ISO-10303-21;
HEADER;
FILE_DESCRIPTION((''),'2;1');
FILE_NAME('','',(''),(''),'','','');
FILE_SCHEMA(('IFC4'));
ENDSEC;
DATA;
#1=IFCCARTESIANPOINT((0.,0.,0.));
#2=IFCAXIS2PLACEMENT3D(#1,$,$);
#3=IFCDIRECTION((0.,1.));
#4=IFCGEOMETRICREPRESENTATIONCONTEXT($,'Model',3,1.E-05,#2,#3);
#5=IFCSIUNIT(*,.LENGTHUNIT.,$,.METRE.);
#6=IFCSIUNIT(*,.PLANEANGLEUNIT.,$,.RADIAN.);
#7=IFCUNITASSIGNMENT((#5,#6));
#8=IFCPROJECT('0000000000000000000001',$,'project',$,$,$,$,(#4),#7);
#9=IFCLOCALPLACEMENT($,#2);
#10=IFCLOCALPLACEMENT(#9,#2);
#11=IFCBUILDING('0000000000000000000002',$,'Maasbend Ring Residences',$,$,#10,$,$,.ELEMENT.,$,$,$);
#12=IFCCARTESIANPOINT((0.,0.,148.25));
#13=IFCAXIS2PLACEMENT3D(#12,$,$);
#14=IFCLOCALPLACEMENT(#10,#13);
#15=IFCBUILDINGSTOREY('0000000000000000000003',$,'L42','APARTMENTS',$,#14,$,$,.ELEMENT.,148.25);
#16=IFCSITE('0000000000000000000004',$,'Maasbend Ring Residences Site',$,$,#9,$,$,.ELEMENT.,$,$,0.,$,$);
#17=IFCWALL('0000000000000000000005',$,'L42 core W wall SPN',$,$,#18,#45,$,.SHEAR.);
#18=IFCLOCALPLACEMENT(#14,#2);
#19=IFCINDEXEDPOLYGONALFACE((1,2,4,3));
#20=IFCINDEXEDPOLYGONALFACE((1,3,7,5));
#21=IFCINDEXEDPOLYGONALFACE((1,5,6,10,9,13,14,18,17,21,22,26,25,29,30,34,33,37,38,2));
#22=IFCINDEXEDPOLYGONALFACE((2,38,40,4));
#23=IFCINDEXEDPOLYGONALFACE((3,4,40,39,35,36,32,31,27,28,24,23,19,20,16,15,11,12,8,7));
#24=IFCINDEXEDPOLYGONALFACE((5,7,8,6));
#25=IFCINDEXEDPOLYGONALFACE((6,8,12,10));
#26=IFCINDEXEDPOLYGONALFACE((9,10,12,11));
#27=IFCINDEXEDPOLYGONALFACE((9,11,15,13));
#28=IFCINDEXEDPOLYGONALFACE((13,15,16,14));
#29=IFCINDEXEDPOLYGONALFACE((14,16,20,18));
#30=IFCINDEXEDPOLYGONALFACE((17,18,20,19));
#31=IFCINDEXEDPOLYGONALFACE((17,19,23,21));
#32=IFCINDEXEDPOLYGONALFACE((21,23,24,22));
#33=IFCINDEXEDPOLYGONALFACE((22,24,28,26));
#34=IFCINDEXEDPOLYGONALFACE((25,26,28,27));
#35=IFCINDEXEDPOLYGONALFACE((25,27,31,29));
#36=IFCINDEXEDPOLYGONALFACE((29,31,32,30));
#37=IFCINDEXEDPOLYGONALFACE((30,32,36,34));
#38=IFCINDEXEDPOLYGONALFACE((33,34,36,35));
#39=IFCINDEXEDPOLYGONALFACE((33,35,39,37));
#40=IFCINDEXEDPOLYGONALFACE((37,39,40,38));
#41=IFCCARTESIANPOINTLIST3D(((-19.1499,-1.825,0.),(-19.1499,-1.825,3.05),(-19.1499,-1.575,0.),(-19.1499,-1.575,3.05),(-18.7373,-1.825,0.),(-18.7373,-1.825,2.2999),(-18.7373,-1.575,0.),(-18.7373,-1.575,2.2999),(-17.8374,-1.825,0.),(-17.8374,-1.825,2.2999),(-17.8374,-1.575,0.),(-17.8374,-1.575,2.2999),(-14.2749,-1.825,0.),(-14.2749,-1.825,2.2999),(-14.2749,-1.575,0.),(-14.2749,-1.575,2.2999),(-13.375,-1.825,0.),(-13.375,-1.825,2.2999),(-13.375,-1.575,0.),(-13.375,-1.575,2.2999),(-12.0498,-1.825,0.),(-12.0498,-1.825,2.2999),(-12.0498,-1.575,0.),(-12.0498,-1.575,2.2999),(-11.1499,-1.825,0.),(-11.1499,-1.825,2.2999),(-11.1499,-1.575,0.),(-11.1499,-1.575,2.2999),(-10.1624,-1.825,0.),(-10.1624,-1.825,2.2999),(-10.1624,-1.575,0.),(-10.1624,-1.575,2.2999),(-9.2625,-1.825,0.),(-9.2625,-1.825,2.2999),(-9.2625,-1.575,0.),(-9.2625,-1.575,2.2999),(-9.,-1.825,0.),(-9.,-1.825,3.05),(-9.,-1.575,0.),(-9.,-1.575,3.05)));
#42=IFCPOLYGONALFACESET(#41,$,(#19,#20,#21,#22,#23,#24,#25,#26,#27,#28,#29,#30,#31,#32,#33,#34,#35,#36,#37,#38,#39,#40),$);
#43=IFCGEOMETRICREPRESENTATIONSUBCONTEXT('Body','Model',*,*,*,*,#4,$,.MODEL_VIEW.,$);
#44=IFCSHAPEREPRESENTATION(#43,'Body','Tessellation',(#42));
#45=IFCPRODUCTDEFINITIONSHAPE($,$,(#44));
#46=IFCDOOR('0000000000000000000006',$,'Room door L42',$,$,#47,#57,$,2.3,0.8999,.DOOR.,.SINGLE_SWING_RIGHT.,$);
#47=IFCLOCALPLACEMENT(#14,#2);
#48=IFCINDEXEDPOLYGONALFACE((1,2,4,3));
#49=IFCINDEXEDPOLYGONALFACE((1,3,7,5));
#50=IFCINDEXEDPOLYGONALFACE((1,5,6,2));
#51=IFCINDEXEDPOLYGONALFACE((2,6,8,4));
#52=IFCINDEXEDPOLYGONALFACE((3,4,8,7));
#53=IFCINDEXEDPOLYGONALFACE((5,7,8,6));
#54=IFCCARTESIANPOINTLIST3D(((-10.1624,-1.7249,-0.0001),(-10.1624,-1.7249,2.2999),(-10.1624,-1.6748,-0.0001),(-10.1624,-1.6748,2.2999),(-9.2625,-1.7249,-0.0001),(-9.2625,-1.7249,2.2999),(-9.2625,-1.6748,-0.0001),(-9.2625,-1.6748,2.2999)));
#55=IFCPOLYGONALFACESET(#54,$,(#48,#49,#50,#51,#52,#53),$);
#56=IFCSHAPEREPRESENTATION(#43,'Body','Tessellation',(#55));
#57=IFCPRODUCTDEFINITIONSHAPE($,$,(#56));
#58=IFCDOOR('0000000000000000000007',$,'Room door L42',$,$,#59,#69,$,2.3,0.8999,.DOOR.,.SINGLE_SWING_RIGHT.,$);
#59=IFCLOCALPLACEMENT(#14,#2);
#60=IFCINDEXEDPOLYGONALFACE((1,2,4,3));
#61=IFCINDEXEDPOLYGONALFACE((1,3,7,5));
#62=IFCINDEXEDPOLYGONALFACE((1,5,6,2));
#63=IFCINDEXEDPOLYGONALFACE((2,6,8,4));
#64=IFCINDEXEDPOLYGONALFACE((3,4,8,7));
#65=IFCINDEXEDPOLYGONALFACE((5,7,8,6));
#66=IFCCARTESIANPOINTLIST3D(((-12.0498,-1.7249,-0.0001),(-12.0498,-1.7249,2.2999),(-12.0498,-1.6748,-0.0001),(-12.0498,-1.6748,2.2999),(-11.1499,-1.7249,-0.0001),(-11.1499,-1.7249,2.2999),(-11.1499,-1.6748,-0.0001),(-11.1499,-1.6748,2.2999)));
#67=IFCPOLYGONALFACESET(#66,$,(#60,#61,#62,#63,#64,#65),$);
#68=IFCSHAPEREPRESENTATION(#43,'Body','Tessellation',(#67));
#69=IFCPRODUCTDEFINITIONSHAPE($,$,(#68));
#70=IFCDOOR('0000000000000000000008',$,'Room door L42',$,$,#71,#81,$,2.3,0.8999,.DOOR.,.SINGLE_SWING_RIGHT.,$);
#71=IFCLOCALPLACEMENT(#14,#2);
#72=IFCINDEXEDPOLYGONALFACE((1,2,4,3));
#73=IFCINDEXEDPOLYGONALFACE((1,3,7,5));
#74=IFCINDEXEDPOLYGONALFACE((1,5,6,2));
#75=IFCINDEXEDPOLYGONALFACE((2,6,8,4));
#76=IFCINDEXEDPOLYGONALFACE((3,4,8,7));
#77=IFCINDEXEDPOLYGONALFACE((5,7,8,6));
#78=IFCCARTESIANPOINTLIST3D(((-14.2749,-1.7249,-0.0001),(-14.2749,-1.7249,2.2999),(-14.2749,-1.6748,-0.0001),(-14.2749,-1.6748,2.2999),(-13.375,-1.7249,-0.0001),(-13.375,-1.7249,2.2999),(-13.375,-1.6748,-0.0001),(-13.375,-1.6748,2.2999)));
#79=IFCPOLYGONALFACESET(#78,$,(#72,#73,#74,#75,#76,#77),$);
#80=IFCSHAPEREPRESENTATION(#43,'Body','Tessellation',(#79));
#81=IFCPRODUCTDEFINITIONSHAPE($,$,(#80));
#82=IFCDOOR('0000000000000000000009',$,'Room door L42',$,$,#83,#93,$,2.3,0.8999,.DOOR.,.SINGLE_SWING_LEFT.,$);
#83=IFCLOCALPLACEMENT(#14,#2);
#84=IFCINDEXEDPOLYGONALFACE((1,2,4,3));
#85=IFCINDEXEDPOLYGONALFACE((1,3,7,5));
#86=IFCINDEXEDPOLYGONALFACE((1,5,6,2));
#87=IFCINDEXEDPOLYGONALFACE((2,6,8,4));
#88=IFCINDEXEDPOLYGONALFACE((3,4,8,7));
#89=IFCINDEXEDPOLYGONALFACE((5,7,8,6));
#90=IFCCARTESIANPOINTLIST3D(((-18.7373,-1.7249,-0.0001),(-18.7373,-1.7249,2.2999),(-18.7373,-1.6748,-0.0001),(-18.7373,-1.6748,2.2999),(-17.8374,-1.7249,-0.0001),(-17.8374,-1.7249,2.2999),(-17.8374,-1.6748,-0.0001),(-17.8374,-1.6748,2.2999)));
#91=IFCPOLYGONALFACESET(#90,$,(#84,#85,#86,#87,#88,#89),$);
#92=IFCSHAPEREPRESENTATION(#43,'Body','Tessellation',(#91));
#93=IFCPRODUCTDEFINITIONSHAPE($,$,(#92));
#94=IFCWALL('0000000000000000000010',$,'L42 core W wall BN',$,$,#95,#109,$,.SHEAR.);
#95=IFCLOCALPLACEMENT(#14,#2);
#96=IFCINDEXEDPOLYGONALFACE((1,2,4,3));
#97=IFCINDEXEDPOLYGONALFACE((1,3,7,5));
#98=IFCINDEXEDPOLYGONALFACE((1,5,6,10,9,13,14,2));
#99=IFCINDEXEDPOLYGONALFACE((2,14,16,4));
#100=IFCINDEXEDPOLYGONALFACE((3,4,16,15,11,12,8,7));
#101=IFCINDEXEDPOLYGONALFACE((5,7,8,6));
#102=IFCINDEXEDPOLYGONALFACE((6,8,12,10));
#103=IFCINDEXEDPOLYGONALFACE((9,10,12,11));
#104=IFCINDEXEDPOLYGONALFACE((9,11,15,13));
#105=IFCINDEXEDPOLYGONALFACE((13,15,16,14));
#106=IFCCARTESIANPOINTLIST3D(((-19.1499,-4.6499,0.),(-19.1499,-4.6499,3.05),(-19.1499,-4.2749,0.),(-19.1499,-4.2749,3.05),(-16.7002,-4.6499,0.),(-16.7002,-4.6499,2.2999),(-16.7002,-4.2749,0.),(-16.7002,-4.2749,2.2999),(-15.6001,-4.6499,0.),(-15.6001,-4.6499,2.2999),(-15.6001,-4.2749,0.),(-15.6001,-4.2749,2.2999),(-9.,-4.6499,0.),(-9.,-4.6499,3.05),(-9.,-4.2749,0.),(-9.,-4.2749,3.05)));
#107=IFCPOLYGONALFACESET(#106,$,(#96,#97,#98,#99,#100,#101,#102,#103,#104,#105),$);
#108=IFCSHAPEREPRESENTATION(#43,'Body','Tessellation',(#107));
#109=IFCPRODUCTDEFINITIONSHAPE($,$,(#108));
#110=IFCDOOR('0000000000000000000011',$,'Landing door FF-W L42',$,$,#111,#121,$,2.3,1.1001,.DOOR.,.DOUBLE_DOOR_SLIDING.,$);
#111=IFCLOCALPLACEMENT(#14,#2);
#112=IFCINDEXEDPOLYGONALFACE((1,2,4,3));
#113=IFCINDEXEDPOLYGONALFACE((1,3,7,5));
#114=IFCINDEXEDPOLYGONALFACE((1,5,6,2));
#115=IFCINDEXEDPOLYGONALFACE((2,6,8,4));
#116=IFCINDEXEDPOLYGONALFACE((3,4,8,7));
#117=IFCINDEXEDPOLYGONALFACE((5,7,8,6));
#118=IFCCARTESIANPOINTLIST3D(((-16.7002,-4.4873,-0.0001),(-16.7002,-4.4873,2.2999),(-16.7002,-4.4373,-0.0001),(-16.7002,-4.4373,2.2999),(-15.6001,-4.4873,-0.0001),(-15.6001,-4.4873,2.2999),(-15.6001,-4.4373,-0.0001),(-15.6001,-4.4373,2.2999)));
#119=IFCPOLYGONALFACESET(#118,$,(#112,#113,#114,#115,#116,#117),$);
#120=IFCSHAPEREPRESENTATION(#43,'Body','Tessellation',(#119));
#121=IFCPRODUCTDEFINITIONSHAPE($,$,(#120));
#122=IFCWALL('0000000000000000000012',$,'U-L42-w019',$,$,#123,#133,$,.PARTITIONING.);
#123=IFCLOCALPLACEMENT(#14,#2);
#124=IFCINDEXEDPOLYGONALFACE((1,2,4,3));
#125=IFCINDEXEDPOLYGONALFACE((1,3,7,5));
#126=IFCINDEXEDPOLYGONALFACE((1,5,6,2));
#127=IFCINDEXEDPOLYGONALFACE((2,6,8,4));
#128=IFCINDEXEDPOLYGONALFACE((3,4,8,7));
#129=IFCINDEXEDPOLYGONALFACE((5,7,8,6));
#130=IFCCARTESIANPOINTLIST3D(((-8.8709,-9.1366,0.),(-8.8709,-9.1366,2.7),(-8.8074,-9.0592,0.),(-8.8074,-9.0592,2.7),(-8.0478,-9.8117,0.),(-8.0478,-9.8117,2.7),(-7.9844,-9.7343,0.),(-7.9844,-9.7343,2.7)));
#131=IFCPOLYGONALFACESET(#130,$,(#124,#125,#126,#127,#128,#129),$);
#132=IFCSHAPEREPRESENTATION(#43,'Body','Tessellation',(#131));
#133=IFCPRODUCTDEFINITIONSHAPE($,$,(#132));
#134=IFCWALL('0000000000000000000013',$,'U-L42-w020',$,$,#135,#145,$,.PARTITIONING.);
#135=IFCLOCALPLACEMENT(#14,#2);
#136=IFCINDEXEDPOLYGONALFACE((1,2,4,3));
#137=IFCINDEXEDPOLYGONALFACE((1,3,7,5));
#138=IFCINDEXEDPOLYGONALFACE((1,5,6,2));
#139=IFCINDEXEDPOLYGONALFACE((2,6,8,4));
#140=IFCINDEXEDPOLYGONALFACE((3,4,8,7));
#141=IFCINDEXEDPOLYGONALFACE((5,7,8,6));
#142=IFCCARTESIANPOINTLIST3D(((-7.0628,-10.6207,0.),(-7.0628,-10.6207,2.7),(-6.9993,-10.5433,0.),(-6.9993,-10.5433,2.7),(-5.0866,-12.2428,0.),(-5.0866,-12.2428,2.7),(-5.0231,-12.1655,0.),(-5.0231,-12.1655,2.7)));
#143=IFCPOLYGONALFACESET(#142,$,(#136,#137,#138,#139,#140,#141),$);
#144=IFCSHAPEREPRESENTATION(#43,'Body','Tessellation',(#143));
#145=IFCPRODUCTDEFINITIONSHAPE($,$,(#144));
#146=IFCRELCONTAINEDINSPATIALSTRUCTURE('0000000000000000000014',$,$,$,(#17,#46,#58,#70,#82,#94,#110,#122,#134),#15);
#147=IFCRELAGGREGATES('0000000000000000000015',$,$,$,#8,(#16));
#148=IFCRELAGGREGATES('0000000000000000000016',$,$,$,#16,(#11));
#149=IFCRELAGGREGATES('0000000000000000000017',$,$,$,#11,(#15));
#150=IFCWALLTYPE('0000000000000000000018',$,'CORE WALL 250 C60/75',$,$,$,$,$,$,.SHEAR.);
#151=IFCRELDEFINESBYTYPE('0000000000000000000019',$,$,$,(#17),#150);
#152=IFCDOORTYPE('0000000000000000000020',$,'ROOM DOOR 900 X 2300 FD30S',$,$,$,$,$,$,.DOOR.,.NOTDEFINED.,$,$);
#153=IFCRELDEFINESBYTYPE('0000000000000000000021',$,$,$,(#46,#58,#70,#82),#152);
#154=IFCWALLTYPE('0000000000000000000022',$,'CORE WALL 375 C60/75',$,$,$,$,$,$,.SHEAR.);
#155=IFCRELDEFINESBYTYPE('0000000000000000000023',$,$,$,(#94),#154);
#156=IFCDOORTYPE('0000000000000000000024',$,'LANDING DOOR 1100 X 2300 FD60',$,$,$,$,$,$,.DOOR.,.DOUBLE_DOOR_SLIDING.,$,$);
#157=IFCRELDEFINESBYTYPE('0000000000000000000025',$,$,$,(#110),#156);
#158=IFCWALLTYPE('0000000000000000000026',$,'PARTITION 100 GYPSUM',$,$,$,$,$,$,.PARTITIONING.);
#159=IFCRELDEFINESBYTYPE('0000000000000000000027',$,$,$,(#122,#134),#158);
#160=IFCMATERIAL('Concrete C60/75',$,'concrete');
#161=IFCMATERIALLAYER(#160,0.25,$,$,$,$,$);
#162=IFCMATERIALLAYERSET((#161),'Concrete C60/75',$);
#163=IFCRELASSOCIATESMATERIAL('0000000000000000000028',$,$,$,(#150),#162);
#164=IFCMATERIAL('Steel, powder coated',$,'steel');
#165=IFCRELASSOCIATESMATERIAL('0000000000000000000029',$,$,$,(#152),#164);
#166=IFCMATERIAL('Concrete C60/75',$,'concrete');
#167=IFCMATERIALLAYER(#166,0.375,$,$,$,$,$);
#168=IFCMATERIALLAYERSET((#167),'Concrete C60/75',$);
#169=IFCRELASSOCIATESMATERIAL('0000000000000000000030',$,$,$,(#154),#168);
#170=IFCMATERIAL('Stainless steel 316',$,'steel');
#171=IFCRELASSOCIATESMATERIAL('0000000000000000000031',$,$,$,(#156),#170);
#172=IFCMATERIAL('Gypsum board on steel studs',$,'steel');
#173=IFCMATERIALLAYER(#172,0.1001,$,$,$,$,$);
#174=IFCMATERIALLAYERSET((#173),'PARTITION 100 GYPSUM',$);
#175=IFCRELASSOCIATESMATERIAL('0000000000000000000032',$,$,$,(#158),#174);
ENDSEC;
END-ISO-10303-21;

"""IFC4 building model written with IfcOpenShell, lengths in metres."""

from ifc_helpers import new_model, si_unit, direction, frame, frame_2d, origin, place, context, subcontext, project, spatial, rectangle, extrude, material, layer, layer_set, type_object, element, fill, save


model = new_model("IFC4")

# Units and contexts
model_context = context("Model", 3, precision=1e-05, world=origin(), true_north=direction((0.0, 1.0)))
body_context = subcontext(model_context, "Body", "Model", "MODEL_VIEW")
ifc_project = project(units=[si_unit("LENGTHUNIT", "METRE"), si_unit("PLANEANGLEUNIT", "RADIAN")], contexts=[model_context])

# Site, building, storey
site_placement = place(None, origin())
site = spatial("IfcSite", under=ifc_project, at=site_placement, Name="Maasbend Ring Residences Site", CompositionType="ELEMENT", RefElevation=0.0)
building_placement = place(site_placement, origin())
building = spatial("IfcBuilding", under=site, at=building_placement, Name="Maasbend Ring Residences", CompositionType="ELEMENT")
storey_placement = place(building_placement, frame((0.0, 0.0, 148.25)))
storey = spatial("IfcBuildingStorey", under=building, at=storey_placement, Name="L42", Description="APARTMENTS", CompositionType="ELEMENT", Elevation=148.25)

# Wall, openings, doors
ifc_material_1 = material(Name="Concrete C60/75", Category="concrete")
ifc_layer_1 = layer(ifc_material_1, 0.25)
ifc_layer_set_1 = layer_set([ifc_layer_1], Name="Concrete C60/75")
wall_type_1 = type_object("IfcWallType", Name="CORE WALL 250 C60/75", PredefinedType="SHEAR", material=ifc_layer_set_1)
wall_1_placement = place(storey_placement, frame((-9.0, -1.7, 0.0), z_axis=(0.0, 0.0, 1.0), x_axis=(-1.0, 0.0, 0.0)))
wall_1 = element("IfcWall", 1, at=wall_1_placement, inside=storey, type_object=wall_type_1, Name="L42 core W wall SPN", PredefinedType="SHEAR", context=body_context, shape_type="SweptSolid", body=[
    extrude(rectangle(XDim=10.1499, YDim=0.25, at=frame_2d((5.075, 0.0))), origin(), (0.0, 0.0, 1.0), 3.05),
])
opening_1_placement = place(wall_1_placement, frame((0.2625, 0.0, 0.0)))
opening_1 = element("IfcOpeningElement", 2, at=opening_1_placement, cuts=wall_1, PredefinedType="OPENING", context=body_context, shape_type="SweptSolid", body=[
    extrude(rectangle(XDim=0.8999, YDim=2.3, at=frame_2d((0.45, 1.1499))), frame((0.0, 0.135, 0.0), z_axis=(0.0, -1.0, 0.0), x_axis=(1.0, 0.0, 0.0)), (0.0, 0.0, 1.0), 0.27),
])
opening_2_placement = place(wall_1_placement, frame((2.1499, 0.0, 0.0)))
opening_2 = element("IfcOpeningElement", 3, at=opening_2_placement, cuts=wall_1, PredefinedType="OPENING", context=body_context, shape_type="SweptSolid", body=[
    extrude(rectangle(XDim=0.8999, YDim=2.3, at=frame_2d((0.45, 1.1499))), frame((0.0, 0.135, 0.0), z_axis=(0.0, -1.0, 0.0), x_axis=(1.0, 0.0, 0.0)), (0.0, 0.0, 1.0), 0.27),
])
opening_3_placement = place(wall_1_placement, frame((4.375, 0.0, 0.0)))
opening_3 = element("IfcOpeningElement", 4, at=opening_3_placement, cuts=wall_1, PredefinedType="OPENING", context=body_context, shape_type="SweptSolid", body=[
    extrude(rectangle(XDim=0.8999, YDim=2.3, at=frame_2d((0.45, 1.1499))), frame((0.0, 0.135, 0.0), z_axis=(0.0, -1.0, 0.0), x_axis=(1.0, 0.0, 0.0)), (0.0, 0.0, 1.0), 0.27),
])
opening_4_placement = place(wall_1_placement, frame((8.8374, 0.0, 0.0)))
opening_4 = element("IfcOpeningElement", 5, at=opening_4_placement, cuts=wall_1, PredefinedType="OPENING", context=body_context, shape_type="SweptSolid", body=[
    extrude(rectangle(XDim=0.8999, YDim=2.3, at=frame_2d((0.45, 1.1499))), frame((0.0, 0.135, 0.0), z_axis=(0.0, -1.0, 0.0), x_axis=(1.0, 0.0, 0.0)), (0.0, 0.0, 1.0), 0.27),
])
ifc_material_2 = material(Name="Steel, powder coated", Category="steel")
door_type_1 = type_object("IfcDoorType", Name="ROOM DOOR 900 X 2300 FD30S", OperationType="NOTDEFINED", PredefinedType="DOOR", material=ifc_material_2)
door_1_placement = place(opening_1_placement, origin())
door_1 = element("IfcDoor", 6, at=door_1_placement, inside=storey, type_object=door_type_1, Name="Room door L42", OperationType="SINGLE_SWING_RIGHT", OverallHeight=2.3, OverallWidth=0.8999, PredefinedType="DOOR", context=body_context, shape_type="SweptSolid", body=[
    extrude(rectangle(XDim=0.8999, YDim=2.3, at=frame_2d((0.45, 1.1499))), frame((0.0, 0.0249, 0.0), z_axis=(0.0, -1.0, 0.0), x_axis=(1.0, 0.0, 0.0)), (0.0, 0.0, 1.0), 0.05),
])
fill(opening_1, door_1)
door_2_placement = place(opening_2_placement, origin())
door_2 = element("IfcDoor", 7, at=door_2_placement, inside=storey, type_object=door_type_1, Name="Room door L42", OperationType="SINGLE_SWING_RIGHT", OverallHeight=2.3, OverallWidth=0.8999, PredefinedType="DOOR", context=body_context, shape_type="SweptSolid", body=[
    extrude(rectangle(XDim=0.8999, YDim=2.3, at=frame_2d((0.45, 1.1499))), frame((0.0, 0.0249, 0.0), z_axis=(0.0, -1.0, 0.0), x_axis=(1.0, 0.0, 0.0)), (0.0, 0.0, 1.0), 0.05),
])
fill(opening_2, door_2)
door_3_placement = place(opening_3_placement, origin())
door_3 = element("IfcDoor", 8, at=door_3_placement, inside=storey, type_object=door_type_1, Name="Room door L42", OperationType="SINGLE_SWING_RIGHT", OverallHeight=2.3, OverallWidth=0.8999, PredefinedType="DOOR", context=body_context, shape_type="SweptSolid", body=[
    extrude(rectangle(XDim=0.8999, YDim=2.3, at=frame_2d((0.45, 1.1499))), frame((0.0, 0.0249, 0.0), z_axis=(0.0, -1.0, 0.0), x_axis=(1.0, 0.0, 0.0)), (0.0, 0.0, 1.0), 0.05),
])
fill(opening_3, door_3)
door_4_placement = place(opening_4_placement, origin())
door_4 = element("IfcDoor", 9, at=door_4_placement, inside=storey, type_object=door_type_1, Name="Room door L42", OperationType="SINGLE_SWING_LEFT", OverallHeight=2.3, OverallWidth=0.8999, PredefinedType="DOOR", context=body_context, shape_type="SweptSolid", body=[
    extrude(rectangle(XDim=0.8999, YDim=2.3, at=frame_2d((0.45, 1.1499))), frame((0.0, 0.0249, 0.0), z_axis=(0.0, -1.0, 0.0), x_axis=(1.0, 0.0, 0.0)), (0.0, 0.0, 1.0), 0.05),
])
fill(opening_4, door_4)

# Wall, opening, door
ifc_material_3 = material(Name="Concrete C60/75", Category="concrete")
ifc_layer_2 = layer(ifc_material_3, 0.375)
ifc_layer_set_2 = layer_set([ifc_layer_2], Name="Concrete C60/75")
wall_type_2 = type_object("IfcWallType", Name="CORE WALL 375 C60/75", PredefinedType="SHEAR", material=ifc_layer_set_2)
wall_2_placement = place(storey_placement, frame((-9.0, -4.4624, 0.0), z_axis=(0.0, 0.0, 1.0), x_axis=(-1.0, 0.0, 0.0)))
wall_2 = element("IfcWall", 10, at=wall_2_placement, inside=storey, type_object=wall_type_2, Name="L42 core W wall BN", PredefinedType="SHEAR", context=body_context, shape_type="SweptSolid", body=[
    extrude(rectangle(XDim=10.1499, YDim=0.375, at=frame_2d((5.075, 0.0))), origin(), (0.0, 0.0, 1.0), 3.05),
])
opening_5_placement = place(wall_2_placement, frame((6.6001, 0.0, 0.0)))
opening_5 = element("IfcOpeningElement", 11, at=opening_5_placement, cuts=wall_2, PredefinedType="OPENING", context=body_context, shape_type="SweptSolid", body=[
    extrude(rectangle(XDim=1.1001, YDim=2.3, at=frame_2d((0.55, 1.1499))), frame((0.0, 0.1975, 0.0), z_axis=(0.0, -1.0, 0.0), x_axis=(1.0, 0.0, 0.0)), (0.0, 0.0, 1.0), 0.395),
])
ifc_material_4 = material(Name="Stainless steel 316", Category="steel")
door_type_2 = type_object("IfcDoorType", Name="LANDING DOOR 1100 X 2300 FD60", OperationType="DOUBLE_DOOR_SLIDING", PredefinedType="DOOR", material=ifc_material_4)
door_5_placement = place(opening_5_placement, origin())
door_5 = element("IfcDoor", 12, at=door_5_placement, inside=storey, type_object=door_type_2, Name="Landing door FF-W L42", OperationType="DOUBLE_DOOR_SLIDING", OverallHeight=2.3, OverallWidth=1.1001, PredefinedType="DOOR", context=body_context, shape_type="SweptSolid", body=[
    extrude(rectangle(XDim=1.1001, YDim=2.3, at=frame_2d((0.55, 1.1499))), frame((0.0, 0.0249, 0.0), z_axis=(0.0, -1.0, 0.0), x_axis=(1.0, 0.0, 0.0)), (0.0, 0.0, 1.0), 0.05),
])
fill(opening_5, door_5)

# Walls
ifc_material_5 = material(Name="Gypsum board on steel studs", Category="steel")
ifc_layer_3 = layer(ifc_material_5, 0.1001)
ifc_layer_set_3 = layer_set([ifc_layer_3], Name="PARTITION 100 GYPSUM")
wall_type_3 = type_object("IfcWallType", Name="PARTITION 100 GYPSUM", PredefinedType="PARTITIONING", material=ifc_layer_set_3)
wall_3_placement = place(storey_placement, frame((-8.8391, -9.0979, 0.0), z_axis=(0.0, 0.0, 1.0), x_axis=(0.77318, -0.634187, 0.0)))
element("IfcWall", 13, at=wall_3_placement, inside=storey, type_object=wall_type_3, Name="U-L42-w019", PredefinedType="PARTITIONING", context=body_context, shape_type="SweptSolid", body=[
    extrude(rectangle(XDim=1.0645, YDim=0.1001, at=frame_2d((0.5322, 0.0))), origin(), (0.0, 0.0, 1.0), 2.7),
])
wall_4_placement = place(storey_placement, frame((-7.031, -10.582, 0.0), z_axis=(0.0, 0.0, 1.0), x_axis=(0.772944, -0.634475, 0.0)))
element("IfcWall", 14, at=wall_4_placement, inside=storey, type_object=wall_type_3, Name="U-L42-w020", PredefinedType="PARTITIONING", context=body_context, shape_type="SweptSolid", body=[
    extrude(rectangle(XDim=2.5566, YDim=0.1001, at=frame_2d((1.2783, 0.0))), origin(), (0.0, 0.0, 1.0), 2.7),
])

save(model, "model.ifc")
